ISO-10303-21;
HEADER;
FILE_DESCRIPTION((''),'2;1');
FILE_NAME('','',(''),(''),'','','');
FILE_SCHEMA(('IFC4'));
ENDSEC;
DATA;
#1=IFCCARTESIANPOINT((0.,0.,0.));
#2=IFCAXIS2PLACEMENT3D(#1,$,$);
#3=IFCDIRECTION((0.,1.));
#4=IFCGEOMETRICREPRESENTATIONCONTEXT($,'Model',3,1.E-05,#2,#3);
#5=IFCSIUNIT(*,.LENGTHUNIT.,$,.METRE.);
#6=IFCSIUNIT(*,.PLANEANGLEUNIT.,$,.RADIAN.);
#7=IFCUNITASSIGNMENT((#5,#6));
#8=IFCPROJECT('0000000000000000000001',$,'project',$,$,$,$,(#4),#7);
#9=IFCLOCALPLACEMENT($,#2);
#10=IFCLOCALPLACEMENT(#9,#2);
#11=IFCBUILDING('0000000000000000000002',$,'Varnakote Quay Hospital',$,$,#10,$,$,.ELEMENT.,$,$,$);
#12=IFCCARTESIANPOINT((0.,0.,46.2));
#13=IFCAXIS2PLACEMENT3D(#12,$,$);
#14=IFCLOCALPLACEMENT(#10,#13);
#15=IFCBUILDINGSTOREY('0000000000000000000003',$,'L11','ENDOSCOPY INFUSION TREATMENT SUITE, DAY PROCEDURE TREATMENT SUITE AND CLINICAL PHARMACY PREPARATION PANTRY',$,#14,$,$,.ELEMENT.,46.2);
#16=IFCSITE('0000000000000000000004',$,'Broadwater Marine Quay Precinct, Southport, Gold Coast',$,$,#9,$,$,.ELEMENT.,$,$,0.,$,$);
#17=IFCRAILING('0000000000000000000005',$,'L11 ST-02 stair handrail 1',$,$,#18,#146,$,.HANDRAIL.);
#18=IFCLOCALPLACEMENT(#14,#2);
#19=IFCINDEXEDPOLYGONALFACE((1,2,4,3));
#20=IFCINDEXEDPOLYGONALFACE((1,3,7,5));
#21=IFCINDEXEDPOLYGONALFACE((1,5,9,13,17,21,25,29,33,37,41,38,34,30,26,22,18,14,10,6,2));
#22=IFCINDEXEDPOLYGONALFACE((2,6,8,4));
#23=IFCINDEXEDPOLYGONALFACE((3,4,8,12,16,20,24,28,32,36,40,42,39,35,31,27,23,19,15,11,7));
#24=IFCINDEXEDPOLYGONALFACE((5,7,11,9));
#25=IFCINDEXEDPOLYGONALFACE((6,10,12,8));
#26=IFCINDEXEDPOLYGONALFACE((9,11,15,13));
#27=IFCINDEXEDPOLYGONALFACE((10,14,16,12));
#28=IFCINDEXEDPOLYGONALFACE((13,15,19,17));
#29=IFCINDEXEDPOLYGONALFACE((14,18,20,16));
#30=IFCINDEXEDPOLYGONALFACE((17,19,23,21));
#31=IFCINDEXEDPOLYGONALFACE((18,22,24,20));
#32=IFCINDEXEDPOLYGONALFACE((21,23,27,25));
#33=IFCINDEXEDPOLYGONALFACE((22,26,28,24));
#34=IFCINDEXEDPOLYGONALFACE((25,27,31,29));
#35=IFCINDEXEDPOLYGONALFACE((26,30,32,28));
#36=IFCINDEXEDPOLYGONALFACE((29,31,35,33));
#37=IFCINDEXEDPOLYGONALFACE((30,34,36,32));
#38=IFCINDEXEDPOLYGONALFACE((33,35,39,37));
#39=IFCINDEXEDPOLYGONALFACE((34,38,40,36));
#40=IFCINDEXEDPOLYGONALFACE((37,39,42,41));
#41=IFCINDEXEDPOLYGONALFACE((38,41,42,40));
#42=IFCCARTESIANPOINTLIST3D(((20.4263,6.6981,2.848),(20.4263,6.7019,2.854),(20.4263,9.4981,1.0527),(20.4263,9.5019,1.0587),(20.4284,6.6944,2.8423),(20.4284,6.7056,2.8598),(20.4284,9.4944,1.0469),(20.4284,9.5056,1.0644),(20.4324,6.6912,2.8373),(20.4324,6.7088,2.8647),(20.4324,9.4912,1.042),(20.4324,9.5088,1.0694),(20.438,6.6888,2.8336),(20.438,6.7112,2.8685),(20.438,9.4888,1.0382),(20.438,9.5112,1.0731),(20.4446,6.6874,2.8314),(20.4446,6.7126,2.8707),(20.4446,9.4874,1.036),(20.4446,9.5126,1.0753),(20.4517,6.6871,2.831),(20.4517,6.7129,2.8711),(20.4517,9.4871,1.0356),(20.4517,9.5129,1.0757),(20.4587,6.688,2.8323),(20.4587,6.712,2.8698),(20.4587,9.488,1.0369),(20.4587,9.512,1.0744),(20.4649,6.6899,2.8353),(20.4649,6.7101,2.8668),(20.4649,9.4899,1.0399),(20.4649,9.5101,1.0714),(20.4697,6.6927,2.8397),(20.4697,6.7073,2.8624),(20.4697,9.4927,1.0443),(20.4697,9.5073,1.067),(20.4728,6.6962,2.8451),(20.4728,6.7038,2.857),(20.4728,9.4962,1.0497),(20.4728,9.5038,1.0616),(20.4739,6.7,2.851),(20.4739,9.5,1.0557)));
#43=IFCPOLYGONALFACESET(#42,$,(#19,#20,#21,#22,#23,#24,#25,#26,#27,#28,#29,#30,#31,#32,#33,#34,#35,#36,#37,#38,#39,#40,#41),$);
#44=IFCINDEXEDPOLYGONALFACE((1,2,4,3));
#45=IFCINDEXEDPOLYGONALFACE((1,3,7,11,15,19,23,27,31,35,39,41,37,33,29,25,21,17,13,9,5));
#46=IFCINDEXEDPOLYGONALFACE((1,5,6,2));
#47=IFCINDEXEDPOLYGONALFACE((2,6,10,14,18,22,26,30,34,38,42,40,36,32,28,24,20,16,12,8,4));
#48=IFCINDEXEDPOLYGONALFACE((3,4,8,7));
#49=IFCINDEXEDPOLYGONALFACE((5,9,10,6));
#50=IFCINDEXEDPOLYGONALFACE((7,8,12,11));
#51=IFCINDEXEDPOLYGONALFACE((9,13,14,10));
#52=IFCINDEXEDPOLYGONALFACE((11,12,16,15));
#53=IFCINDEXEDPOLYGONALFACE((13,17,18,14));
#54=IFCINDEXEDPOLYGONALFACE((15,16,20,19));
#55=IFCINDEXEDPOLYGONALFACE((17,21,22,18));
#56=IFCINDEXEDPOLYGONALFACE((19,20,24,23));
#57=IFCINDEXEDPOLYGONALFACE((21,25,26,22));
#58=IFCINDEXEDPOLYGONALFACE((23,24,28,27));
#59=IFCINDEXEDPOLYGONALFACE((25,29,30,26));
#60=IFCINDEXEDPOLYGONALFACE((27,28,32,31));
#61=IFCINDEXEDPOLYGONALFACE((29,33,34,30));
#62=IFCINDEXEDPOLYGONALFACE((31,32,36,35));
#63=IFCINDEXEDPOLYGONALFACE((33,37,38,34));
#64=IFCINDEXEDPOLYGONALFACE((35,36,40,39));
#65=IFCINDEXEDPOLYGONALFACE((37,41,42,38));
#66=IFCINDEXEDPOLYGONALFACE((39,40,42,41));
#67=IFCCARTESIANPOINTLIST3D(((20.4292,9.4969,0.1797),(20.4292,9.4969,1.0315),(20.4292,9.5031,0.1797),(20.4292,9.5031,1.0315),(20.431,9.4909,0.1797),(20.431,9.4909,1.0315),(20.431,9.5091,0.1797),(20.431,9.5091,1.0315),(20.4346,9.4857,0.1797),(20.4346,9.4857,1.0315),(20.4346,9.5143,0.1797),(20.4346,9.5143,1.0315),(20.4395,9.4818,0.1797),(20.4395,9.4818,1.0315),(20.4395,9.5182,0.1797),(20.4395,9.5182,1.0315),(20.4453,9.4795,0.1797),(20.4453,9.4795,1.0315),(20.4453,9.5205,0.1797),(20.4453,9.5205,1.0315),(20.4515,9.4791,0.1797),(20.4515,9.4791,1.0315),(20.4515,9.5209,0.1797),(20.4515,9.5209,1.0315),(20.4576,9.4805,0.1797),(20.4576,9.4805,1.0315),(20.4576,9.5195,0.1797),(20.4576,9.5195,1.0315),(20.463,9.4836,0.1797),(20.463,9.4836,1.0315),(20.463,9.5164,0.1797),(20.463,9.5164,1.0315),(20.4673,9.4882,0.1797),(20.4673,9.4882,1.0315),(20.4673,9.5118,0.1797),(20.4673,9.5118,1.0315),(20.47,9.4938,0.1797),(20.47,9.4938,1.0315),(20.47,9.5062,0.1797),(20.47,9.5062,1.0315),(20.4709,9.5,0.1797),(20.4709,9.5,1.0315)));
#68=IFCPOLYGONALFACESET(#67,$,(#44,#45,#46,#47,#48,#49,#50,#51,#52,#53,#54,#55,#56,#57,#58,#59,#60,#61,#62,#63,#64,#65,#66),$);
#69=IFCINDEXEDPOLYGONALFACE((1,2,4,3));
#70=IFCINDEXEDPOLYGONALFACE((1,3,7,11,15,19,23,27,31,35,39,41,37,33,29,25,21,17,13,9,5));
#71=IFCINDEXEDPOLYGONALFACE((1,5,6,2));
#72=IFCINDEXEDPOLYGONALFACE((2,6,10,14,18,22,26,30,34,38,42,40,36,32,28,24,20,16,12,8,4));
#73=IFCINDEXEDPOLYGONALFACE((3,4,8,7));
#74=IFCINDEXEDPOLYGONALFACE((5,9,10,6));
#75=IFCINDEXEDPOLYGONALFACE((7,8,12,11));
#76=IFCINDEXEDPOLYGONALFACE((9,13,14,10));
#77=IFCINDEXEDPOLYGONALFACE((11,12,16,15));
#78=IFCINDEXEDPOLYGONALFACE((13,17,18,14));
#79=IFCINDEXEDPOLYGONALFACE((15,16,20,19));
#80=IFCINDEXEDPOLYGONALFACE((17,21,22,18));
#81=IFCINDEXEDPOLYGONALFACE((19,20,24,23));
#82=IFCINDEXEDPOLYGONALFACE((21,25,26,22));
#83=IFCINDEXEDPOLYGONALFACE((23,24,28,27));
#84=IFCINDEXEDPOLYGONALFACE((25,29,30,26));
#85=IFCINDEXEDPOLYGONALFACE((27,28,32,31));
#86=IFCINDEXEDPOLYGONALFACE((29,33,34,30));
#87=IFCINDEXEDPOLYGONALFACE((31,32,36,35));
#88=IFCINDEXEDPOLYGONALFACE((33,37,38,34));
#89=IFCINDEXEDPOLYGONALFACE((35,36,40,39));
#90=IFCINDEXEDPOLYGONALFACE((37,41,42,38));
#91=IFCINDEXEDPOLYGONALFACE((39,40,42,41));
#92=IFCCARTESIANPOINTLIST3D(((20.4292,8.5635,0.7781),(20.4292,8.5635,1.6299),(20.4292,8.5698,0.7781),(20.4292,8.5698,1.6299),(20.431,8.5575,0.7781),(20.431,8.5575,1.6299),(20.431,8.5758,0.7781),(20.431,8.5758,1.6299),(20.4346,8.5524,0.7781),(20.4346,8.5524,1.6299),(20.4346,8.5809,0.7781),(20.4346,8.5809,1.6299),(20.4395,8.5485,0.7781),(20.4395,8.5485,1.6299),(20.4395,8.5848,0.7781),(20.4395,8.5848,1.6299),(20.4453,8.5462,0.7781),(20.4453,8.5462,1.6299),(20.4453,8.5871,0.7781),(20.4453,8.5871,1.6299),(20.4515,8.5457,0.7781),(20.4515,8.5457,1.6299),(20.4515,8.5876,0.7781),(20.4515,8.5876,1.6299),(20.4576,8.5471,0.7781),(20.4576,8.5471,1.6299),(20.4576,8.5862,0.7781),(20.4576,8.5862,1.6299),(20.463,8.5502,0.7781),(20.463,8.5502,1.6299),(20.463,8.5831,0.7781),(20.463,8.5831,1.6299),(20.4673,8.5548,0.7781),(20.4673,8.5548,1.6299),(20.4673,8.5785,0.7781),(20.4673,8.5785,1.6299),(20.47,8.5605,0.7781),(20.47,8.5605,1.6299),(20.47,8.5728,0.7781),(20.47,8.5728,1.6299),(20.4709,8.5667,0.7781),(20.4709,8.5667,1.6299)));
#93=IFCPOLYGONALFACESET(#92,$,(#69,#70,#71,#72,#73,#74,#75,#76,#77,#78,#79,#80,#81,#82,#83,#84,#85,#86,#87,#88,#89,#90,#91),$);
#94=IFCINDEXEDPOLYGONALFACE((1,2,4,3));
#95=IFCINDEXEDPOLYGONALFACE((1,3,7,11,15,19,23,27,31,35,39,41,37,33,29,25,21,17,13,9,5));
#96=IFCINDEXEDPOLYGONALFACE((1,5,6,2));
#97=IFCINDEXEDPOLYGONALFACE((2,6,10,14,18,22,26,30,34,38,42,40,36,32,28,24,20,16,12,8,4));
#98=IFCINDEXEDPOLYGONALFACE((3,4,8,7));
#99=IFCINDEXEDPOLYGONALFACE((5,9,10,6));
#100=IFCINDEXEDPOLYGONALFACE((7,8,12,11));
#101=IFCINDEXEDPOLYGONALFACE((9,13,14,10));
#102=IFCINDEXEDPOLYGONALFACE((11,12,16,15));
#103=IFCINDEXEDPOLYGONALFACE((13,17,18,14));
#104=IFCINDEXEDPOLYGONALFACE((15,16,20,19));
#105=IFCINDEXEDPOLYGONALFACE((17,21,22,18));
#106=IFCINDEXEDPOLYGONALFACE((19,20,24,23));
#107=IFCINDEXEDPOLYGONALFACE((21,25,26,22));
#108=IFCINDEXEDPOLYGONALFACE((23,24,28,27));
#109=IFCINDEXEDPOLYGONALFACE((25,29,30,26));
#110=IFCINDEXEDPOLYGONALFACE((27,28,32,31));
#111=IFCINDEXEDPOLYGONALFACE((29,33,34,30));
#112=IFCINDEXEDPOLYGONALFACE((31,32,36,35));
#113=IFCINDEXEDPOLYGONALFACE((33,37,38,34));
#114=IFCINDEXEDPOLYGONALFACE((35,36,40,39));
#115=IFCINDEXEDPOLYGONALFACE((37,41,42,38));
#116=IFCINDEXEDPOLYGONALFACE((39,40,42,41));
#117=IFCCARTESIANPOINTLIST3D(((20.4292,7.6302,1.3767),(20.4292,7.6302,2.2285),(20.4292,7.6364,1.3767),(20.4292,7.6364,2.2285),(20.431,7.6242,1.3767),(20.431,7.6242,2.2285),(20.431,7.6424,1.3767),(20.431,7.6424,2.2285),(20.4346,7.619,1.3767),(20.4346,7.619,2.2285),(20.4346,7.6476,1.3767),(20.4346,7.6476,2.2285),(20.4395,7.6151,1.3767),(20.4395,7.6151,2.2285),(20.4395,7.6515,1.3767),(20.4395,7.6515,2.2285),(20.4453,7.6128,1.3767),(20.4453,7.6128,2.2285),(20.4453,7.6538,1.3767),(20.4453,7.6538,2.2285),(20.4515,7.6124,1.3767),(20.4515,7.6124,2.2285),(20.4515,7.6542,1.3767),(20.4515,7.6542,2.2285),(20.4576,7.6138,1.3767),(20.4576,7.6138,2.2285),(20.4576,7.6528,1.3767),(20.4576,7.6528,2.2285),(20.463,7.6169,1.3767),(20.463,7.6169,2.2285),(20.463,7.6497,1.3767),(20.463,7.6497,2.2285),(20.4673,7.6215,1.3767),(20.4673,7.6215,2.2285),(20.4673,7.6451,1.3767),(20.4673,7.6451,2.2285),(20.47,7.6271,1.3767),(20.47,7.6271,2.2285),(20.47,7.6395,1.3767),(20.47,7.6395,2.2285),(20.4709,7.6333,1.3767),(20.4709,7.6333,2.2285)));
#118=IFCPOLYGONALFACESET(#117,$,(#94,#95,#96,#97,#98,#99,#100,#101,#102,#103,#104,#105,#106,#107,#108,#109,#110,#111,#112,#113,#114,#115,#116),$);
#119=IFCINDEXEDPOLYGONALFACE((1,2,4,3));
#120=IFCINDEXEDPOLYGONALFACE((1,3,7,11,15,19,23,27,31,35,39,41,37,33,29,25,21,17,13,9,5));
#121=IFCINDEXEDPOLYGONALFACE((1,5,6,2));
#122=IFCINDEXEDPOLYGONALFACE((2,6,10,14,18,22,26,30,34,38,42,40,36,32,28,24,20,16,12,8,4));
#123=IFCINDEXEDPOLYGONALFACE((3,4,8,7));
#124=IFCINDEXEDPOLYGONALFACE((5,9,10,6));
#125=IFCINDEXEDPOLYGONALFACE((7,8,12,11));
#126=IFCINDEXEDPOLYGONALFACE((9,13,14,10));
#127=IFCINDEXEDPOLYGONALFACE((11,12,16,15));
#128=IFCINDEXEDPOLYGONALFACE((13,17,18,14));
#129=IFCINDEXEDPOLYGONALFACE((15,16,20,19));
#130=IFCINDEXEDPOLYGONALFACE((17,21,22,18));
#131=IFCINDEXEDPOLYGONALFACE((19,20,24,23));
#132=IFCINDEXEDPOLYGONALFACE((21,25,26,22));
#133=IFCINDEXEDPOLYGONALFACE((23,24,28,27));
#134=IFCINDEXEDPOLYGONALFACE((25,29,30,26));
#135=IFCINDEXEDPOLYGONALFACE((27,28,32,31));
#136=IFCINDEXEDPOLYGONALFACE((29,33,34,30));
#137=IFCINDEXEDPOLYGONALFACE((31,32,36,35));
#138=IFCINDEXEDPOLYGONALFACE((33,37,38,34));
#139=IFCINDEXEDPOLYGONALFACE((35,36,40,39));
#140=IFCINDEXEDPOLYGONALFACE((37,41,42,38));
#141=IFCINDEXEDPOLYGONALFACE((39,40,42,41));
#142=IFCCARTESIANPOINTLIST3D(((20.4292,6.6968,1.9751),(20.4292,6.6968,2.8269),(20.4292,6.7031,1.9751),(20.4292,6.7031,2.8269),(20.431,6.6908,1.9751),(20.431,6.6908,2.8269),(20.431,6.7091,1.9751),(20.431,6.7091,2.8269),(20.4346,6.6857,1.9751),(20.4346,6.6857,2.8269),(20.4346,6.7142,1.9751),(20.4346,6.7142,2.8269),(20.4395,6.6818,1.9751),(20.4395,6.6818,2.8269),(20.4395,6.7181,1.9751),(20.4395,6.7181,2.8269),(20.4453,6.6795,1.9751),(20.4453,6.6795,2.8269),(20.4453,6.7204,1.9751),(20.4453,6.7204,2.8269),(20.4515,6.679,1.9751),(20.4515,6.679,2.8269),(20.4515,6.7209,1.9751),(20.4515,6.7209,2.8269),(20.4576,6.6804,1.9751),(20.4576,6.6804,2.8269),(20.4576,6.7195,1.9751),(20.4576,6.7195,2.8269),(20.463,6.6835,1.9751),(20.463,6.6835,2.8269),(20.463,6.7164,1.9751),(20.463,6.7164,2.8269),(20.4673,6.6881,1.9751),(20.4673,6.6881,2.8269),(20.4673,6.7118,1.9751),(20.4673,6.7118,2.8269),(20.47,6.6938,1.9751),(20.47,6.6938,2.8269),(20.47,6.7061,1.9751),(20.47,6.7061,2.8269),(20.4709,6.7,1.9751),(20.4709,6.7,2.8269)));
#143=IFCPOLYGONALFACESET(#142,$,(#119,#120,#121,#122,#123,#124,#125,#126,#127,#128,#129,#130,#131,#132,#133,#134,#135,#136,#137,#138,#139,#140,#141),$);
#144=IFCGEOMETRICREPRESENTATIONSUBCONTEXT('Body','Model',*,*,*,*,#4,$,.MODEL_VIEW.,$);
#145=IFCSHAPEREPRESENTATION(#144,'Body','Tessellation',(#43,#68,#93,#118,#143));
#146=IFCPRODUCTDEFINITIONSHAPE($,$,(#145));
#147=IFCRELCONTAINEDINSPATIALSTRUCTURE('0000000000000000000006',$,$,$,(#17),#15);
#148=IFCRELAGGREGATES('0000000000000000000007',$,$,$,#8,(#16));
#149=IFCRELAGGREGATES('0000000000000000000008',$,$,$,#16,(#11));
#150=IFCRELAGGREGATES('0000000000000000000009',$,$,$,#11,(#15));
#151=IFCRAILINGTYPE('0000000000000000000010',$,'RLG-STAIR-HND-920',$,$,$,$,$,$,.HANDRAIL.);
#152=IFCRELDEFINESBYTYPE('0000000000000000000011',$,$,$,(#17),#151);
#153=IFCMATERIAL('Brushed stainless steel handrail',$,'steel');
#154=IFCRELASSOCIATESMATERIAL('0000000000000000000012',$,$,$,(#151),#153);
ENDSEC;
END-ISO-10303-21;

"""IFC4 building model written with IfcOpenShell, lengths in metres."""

from ifc_helpers import new_model, si_unit, direction, frame, origin, origin_2d, place, context, subcontext, project, spatial, circle, extrude, material, type_object, element, save


model = new_model("IFC4")

# Units and contexts
model_context = context("Model", 3, precision=1e-05, world=origin(), true_north=direction((0.0, 1.0)))
body_context = subcontext(model_context, "Body", "Model", "MODEL_VIEW")
ifc_project = project(units=[si_unit("LENGTHUNIT", "METRE"), si_unit("PLANEANGLEUNIT", "RADIAN")], contexts=[model_context])

# Site, building, storey
site_placement = place(None, origin())
site = spatial("IfcSite", under=ifc_project, at=site_placement, Name="Broadwater Marine Quay Precinct, Southport, Gold Coast", CompositionType="ELEMENT", RefElevation=0.0)
building_placement = place(site_placement, origin())
building = spatial("IfcBuilding", under=site, at=building_placement, Name="Varnakote Quay Hospital", CompositionType="ELEMENT")
storey_placement = place(building_placement, frame((0.0, 0.0, 46.2)))
storey = spatial("IfcBuildingStorey", under=building, at=storey_placement, Name="L11", Description="ENDOSCOPY INFUSION TREATMENT SUITE, DAY PROCEDURE TREATMENT SUITE AND CLINICAL PHARMACY PREPARATION PANTRY", CompositionType="ELEMENT", Elevation=46.2)

# Railing
ifc_material_1 = material(Name="Brushed stainless steel handrail", Category="steel")
railing_type_1 = type_object("IfcRailingType", Name="RLG-STAIR-HND-920", PredefinedType="HANDRAIL", material=ifc_material_1)
railing_1_placement = place(storey_placement, frame((20.45, 9.5, 0.1797)))
element("IfcRailing", 1, at=railing_1_placement, inside=storey, type_object=railing_type_1, Name="L11 ST-02 stair handrail 1", PredefinedType="HANDRAIL", context=body_context, shape_type="SweptSolid", body=[
    extrude(circle(Radius=0.0239, at=origin_2d()), frame((0.0, 0.0, 0.876), z_axis=(0.0, -0.84181, 0.539774), x_axis=(1.0, 0.0, 0.0)), (0.0, 0.0, 1.0), 3.3262),
    extrude(circle(Radius=0.021, at=origin_2d()), origin(), (0.0, 0.0, 1.0), 0.8518),
    extrude(circle(Radius=0.021, at=origin_2d()), frame((0.0, -0.9333, 0.5984)), (0.0, 0.0, 1.0), 0.8518),
    extrude(circle(Radius=0.021, at=origin_2d()), frame((0.0, -1.8667, 1.197)), (0.0, 0.0, 1.0), 0.8518),
    extrude(circle(Radius=0.021, at=origin_2d()), frame((0.0, -2.8, 1.7954)), (0.0, 0.0, 1.0), 0.8518),
])

save(model, "model.ifc")
